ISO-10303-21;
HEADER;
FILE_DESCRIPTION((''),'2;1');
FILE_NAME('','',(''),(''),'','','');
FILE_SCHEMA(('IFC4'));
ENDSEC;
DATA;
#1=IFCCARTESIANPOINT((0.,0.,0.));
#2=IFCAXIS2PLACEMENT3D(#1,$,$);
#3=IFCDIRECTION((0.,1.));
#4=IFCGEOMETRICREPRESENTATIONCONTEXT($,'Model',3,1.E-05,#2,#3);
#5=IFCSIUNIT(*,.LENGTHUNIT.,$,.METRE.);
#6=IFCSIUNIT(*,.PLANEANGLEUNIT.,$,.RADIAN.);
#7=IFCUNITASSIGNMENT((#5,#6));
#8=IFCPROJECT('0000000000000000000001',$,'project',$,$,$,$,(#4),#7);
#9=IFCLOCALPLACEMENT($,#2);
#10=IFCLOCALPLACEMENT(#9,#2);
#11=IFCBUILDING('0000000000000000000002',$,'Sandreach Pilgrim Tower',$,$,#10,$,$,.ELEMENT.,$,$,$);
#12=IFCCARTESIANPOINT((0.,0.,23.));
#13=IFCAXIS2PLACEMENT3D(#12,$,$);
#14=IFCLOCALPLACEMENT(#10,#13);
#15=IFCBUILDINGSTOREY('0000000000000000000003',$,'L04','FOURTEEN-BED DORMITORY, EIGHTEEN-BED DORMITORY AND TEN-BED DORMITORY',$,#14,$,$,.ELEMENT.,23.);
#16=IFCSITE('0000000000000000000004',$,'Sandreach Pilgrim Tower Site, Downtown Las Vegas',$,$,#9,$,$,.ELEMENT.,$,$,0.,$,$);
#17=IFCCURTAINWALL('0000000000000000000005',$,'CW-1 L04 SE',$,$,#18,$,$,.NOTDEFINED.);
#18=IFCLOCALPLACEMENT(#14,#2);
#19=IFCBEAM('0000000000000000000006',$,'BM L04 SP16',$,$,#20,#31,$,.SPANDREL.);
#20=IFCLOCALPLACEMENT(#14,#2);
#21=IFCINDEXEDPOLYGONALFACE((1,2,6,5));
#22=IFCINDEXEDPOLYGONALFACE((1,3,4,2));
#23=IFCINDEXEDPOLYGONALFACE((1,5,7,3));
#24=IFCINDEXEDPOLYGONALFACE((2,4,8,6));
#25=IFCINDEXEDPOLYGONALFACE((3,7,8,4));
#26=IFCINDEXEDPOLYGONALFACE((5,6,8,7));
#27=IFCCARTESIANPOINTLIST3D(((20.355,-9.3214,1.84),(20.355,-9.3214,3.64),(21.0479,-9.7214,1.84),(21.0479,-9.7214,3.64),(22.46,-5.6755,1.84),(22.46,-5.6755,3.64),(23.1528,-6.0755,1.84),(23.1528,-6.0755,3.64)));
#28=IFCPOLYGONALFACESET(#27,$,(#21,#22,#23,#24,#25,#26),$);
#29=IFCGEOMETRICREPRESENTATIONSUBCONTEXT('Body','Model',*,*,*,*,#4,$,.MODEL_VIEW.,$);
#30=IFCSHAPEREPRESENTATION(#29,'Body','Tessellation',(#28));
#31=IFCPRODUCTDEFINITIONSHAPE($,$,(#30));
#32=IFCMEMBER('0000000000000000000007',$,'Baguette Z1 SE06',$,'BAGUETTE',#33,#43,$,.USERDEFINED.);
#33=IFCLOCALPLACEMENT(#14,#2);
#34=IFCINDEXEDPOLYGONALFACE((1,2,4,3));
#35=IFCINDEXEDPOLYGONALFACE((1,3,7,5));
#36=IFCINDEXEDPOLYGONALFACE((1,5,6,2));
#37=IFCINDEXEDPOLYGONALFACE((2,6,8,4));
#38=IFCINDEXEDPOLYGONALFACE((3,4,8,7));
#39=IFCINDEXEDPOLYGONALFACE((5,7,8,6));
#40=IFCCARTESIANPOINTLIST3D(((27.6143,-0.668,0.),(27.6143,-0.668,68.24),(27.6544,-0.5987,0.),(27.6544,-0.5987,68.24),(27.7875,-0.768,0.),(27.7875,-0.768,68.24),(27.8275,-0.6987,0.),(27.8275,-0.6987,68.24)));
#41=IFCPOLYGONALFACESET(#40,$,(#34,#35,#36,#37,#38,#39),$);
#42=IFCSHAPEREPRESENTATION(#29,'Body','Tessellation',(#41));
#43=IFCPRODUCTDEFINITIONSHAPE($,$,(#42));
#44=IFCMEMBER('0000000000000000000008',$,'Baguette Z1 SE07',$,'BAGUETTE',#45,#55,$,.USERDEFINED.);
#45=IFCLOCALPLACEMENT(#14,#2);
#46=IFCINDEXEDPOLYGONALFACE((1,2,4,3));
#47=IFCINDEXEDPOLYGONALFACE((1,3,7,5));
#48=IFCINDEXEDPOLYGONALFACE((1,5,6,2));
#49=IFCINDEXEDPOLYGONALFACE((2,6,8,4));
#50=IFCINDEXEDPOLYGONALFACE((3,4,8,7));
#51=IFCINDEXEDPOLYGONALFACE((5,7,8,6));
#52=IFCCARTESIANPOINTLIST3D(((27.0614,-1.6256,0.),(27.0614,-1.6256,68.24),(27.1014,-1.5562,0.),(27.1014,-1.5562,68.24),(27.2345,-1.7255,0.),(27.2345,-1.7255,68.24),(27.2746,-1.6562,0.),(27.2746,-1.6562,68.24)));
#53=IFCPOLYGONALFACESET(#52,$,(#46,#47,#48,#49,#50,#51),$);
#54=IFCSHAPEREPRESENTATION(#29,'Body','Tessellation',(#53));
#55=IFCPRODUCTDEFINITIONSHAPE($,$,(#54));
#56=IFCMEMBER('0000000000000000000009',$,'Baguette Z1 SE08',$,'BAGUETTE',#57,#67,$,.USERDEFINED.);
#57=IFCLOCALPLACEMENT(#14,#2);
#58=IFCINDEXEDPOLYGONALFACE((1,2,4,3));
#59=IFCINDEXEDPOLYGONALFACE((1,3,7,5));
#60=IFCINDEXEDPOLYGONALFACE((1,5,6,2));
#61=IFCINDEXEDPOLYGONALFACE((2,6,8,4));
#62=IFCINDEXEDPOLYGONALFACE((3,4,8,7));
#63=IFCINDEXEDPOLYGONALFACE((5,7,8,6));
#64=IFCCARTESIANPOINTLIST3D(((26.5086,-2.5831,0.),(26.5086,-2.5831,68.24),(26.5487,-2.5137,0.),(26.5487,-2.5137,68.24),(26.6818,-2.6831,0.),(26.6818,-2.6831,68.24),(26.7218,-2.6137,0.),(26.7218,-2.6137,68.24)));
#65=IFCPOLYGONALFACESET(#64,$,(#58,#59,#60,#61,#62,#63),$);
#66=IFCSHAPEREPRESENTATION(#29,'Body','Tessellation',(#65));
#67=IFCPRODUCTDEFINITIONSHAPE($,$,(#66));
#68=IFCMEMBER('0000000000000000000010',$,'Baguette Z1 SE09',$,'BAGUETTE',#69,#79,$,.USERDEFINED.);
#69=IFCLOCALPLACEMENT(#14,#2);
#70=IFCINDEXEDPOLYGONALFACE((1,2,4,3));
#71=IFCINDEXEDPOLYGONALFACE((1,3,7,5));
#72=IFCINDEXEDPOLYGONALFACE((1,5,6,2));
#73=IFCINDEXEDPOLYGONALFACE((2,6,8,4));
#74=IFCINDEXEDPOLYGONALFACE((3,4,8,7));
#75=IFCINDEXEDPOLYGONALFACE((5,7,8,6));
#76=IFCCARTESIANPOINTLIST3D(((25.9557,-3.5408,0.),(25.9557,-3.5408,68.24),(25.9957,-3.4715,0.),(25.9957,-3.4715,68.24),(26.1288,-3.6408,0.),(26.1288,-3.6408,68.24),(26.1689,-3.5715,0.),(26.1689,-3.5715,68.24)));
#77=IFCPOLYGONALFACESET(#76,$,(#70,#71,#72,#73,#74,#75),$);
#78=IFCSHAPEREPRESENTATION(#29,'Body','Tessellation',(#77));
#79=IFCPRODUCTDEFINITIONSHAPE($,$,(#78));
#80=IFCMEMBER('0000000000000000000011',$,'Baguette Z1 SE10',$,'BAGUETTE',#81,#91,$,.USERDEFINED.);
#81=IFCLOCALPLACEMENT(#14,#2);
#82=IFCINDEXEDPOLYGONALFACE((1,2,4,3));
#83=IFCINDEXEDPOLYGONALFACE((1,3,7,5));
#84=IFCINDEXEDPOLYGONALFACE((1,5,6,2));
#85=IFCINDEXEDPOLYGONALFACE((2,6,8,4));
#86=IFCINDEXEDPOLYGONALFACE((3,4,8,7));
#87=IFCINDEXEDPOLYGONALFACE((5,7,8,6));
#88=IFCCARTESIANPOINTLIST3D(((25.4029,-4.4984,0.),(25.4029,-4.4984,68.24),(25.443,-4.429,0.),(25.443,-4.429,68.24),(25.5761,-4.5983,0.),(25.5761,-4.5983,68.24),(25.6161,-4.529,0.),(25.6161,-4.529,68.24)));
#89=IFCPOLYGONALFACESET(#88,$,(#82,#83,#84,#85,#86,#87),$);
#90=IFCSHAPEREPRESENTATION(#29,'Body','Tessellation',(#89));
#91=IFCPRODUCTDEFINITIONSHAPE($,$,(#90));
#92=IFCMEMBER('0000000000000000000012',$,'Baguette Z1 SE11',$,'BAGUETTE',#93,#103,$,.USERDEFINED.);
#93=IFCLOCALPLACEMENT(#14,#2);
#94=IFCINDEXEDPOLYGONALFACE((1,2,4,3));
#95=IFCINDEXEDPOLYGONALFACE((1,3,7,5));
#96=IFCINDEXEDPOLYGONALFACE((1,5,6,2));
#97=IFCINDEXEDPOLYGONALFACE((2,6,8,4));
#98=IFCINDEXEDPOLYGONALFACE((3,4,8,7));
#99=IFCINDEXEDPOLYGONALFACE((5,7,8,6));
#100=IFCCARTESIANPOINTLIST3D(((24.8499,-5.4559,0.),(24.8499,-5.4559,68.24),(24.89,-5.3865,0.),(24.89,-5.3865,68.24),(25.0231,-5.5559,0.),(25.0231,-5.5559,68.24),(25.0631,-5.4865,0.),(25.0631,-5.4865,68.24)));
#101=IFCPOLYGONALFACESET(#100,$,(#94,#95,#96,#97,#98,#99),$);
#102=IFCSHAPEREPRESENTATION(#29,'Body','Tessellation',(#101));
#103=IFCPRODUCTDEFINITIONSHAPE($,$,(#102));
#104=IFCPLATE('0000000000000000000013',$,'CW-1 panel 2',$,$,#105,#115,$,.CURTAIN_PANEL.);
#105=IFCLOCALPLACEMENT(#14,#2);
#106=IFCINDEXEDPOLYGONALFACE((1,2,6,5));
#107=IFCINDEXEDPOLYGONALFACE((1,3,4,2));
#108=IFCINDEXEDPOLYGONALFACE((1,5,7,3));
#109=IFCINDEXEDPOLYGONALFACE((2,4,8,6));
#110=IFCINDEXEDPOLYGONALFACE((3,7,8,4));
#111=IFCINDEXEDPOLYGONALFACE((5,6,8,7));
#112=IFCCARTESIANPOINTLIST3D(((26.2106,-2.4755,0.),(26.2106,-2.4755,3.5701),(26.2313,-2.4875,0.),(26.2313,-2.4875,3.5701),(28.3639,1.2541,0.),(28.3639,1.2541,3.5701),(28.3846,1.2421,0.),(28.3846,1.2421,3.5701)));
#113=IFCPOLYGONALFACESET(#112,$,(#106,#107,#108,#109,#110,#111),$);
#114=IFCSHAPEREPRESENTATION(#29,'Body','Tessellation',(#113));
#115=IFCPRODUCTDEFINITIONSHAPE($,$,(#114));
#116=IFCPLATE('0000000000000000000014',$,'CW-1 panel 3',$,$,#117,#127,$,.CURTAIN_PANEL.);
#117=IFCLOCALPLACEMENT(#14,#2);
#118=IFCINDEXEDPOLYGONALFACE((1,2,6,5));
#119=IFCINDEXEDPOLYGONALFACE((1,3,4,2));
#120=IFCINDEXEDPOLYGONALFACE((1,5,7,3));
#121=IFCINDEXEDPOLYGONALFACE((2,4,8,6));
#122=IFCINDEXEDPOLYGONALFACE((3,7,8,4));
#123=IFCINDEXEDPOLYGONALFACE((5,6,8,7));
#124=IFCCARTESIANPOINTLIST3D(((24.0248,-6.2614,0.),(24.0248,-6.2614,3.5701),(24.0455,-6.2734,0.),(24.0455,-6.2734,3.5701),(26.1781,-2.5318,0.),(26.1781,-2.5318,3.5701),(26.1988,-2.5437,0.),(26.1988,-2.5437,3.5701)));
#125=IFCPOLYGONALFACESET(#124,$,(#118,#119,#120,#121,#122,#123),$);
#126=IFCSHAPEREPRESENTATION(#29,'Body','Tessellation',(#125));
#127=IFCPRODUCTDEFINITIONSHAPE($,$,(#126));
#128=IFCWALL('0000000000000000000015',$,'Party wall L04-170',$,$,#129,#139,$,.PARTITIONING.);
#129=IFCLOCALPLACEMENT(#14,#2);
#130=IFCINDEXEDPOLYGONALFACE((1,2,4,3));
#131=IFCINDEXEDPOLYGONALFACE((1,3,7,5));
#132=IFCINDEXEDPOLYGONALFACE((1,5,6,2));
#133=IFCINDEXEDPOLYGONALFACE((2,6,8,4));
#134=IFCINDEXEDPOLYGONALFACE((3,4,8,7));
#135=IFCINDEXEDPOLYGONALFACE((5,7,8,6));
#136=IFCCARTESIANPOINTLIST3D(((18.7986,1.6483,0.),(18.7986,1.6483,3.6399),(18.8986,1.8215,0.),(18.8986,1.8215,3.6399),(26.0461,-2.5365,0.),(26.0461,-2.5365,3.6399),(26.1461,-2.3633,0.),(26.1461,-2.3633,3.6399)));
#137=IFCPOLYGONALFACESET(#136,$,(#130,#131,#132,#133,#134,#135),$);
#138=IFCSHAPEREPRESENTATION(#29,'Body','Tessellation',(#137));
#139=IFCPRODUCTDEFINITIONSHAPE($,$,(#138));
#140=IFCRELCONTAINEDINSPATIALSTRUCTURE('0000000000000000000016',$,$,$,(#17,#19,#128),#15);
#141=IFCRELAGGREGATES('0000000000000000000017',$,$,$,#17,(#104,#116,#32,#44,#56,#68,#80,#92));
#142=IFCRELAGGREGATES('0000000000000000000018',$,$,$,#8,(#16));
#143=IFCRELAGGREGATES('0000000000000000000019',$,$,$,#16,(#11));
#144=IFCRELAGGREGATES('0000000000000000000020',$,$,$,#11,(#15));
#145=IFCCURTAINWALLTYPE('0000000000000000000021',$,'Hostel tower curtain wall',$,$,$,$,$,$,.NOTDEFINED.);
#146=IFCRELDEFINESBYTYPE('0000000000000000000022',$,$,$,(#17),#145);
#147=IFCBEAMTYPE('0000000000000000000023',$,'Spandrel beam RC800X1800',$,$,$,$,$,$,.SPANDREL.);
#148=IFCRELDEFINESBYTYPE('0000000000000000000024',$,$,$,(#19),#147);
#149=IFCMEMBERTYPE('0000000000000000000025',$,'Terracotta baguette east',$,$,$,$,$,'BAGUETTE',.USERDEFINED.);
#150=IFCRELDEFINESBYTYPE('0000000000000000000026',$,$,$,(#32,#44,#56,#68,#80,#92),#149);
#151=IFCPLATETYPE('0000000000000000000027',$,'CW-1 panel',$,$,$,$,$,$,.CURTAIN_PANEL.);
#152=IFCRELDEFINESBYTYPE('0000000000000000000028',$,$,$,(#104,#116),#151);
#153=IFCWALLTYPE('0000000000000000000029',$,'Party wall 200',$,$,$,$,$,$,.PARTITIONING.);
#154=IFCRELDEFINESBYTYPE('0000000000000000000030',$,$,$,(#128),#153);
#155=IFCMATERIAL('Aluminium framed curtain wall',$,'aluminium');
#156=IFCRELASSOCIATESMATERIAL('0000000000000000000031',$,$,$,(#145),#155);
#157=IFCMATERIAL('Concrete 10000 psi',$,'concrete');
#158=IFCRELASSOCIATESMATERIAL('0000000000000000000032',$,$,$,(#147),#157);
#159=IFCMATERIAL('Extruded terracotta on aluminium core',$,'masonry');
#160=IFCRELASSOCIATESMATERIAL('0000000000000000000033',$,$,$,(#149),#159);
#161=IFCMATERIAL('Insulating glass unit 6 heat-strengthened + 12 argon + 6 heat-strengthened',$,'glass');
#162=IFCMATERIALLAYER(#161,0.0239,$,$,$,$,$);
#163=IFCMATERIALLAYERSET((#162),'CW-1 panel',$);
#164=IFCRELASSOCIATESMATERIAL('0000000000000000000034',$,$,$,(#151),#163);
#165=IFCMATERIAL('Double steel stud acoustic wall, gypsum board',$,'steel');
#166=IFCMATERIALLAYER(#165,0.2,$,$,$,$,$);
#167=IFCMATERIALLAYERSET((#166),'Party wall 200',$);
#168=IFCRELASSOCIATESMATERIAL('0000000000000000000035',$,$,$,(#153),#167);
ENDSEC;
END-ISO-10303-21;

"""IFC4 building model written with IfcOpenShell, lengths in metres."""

from ifc_helpers import new_model, si_unit, direction, frame, frame_2d, origin, origin_2d, place, context, subcontext, project, spatial, rectangle, extrude, material, layer, layer_set, material_profile, profile_set, type_object, element, aggregate, save


model = new_model("IFC4")

# Units and contexts
model_context = context("Model", 3, precision=1e-05, world=origin(), true_north=direction((0.0, 1.0)))
body_context = subcontext(model_context, "Body", "Model", "MODEL_VIEW")
ifc_project = project(units=[si_unit("LENGTHUNIT", "METRE"), si_unit("PLANEANGLEUNIT", "RADIAN")], contexts=[model_context])

# Site, building, storey
site_placement = place(None, origin())
site = spatial("IfcSite", under=ifc_project, at=site_placement, Name="Sandreach Pilgrim Tower Site, Downtown Las Vegas", CompositionType="ELEMENT", RefElevation=0.0)
building_placement = place(site_placement, origin())
building = spatial("IfcBuilding", under=site, at=building_placement, Name="Sandreach Pilgrim Tower", CompositionType="ELEMENT")
storey_placement = place(building_placement, frame((0.0, 0.0, 23.0)))
storey = spatial("IfcBuildingStorey", under=building, at=storey_placement, Name="L04", Description="FOURTEEN-BED DORMITORY, EIGHTEEN-BED DORMITORY AND TEN-BED DORMITORY", CompositionType="ELEMENT", Elevation=23.0)

# Curtain wall
ifc_material_1 = material(Name="Aluminium framed curtain wall", Category="aluminium")
curtain_wall_type = type_object("IfcCurtainWallType", Name="Hostel tower curtain wall", PredefinedType="NOTDEFINED", material=ifc_material_1)
curtain_wall_placement = place(storey_placement, origin())
curtain_wall = element("IfcCurtainWall", 1, at=curtain_wall_placement, inside=storey, type_object=curtain_wall_type, Name="CW-1 L04 SE", PredefinedType="NOTDEFINED")

# Beam
ifc_material_2 = material(Name="Concrete 10000 psi", Category="concrete")
ifc_material_profile_1 = material_profile(ifc_material_2, rectangle(XDim=0.8, YDim=1.8, at=origin_2d()), Name="RC800X1800")
ifc_profile_set_1 = profile_set([ifc_material_profile_1], Name="Concrete 10000 psi")
beam_type_1 = type_object("IfcBeamType", Name="Spandrel beam RC800X1800", PredefinedType="SPANDREL", material=ifc_profile_set_1)
beam_1_placement = place(storey_placement, frame((22.8064, -5.8755, 2.74), z_axis=(-0.499994, -0.866029, 0.0), x_axis=(0.866029, -0.499994, 0.0)))
element("IfcBeam", 2, at=beam_1_placement, inside=storey, type_object=beam_type_1, Name="BM L04 SP16", PredefinedType="SPANDREL", context=body_context, shape_type="SweptSolid", body=[
    extrude(rectangle(XDim=0.8, YDim=1.8, at=origin_2d()), origin(), (0.0, 0.0, 1.0), 4.21),
])

# Members
ifc_material_3 = material(Name="Extruded terracotta on aluminium core", Category="masonry")
ifc_material_profile_2 = material_profile(ifc_material_3, rectangle(XDim=0.0801, YDim=0.2, at=origin_2d()), Name="TBE 80X200")
ifc_profile_set_2 = profile_set([ifc_material_profile_2], Name="Extruded terracotta on aluminium core")
member_type_1 = type_object("IfcMemberType", Name="Terracotta baguette east", ElementType="BAGUETTE", PredefinedType="USERDEFINED", material=ifc_profile_set_2)
member_1_placement = place(storey_placement, frame((27.7209, -0.6833, 0.0), z_axis=(0.0, 0.0, 1.0), x_axis=(-0.5, -0.866025, 0.0)))
member_1 = element("IfcMember", 3, at=member_1_placement, type_object=member_type_1, Name="Baguette Z1 SE06", ObjectType="BAGUETTE", PredefinedType="USERDEFINED", context=body_context, shape_type="SweptSolid", body=[
    extrude(rectangle(XDim=0.0801, YDim=0.2, at=origin_2d()), origin(), (0.0, 0.0, 1.0), 68.24),
])
member_2_placement = place(storey_placement, frame((27.168, -1.6409, 0.0), z_axis=(0.0, 0.0, 1.0), x_axis=(-0.5, -0.866025, 0.0)))
member_2 = element("IfcMember", 4, at=member_2_placement, type_object=member_type_1, Name="Baguette Z1 SE07", ObjectType="BAGUETTE", PredefinedType="USERDEFINED", context=body_context, shape_type="SweptSolid", body=[
    extrude(rectangle(XDim=0.0801, YDim=0.2, at=origin_2d()), origin(), (0.0, 0.0, 1.0), 68.24),
])
member_3_placement = place(storey_placement, frame((26.6152, -2.5984, 0.0), z_axis=(0.0, 0.0, 1.0), x_axis=(-0.5, -0.866025, 0.0)))
member_3 = element("IfcMember", 5, at=member_3_placement, type_object=member_type_1, Name="Baguette Z1 SE08", ObjectType="BAGUETTE", PredefinedType="USERDEFINED", context=body_context, shape_type="SweptSolid", body=[
    extrude(rectangle(XDim=0.0801, YDim=0.2, at=origin_2d()), origin(), (0.0, 0.0, 1.0), 68.24),
])
member_4_placement = place(storey_placement, frame((26.0623, -3.5562, 0.0), z_axis=(0.0, 0.0, 1.0), x_axis=(-0.5, -0.866025, 0.0)))
member_4 = element("IfcMember", 6, at=member_4_placement, type_object=member_type_1, Name="Baguette Z1 SE09", ObjectType="BAGUETTE", PredefinedType="USERDEFINED", context=body_context, shape_type="SweptSolid", body=[
    extrude(rectangle(XDim=0.0801, YDim=0.2, at=origin_2d()), origin(), (0.0, 0.0, 1.0), 68.24),
])
member_5_placement = place(storey_placement, frame((25.5095, -4.5137, 0.0), z_axis=(0.0, 0.0, 1.0), x_axis=(-0.5, -0.866025, 0.0)))
member_5 = element("IfcMember", 7, at=member_5_placement, type_object=member_type_1, Name="Baguette Z1 SE10", ObjectType="BAGUETTE", PredefinedType="USERDEFINED", context=body_context, shape_type="SweptSolid", body=[
    extrude(rectangle(XDim=0.0801, YDim=0.2, at=origin_2d()), origin(), (0.0, 0.0, 1.0), 68.24),
])
member_6_placement = place(storey_placement, frame((24.9565, -5.4712, 0.0), z_axis=(0.0, 0.0, 1.0), x_axis=(-0.5, -0.866025, 0.0)))
member_6 = element("IfcMember", 8, at=member_6_placement, type_object=member_type_1, Name="Baguette Z1 SE11", ObjectType="BAGUETTE", PredefinedType="USERDEFINED", context=body_context, shape_type="SweptSolid", body=[
    extrude(rectangle(XDim=0.0801, YDim=0.2, at=origin_2d()), origin(), (0.0, 0.0, 1.0), 68.24),
])

# Plates
ifc_material_4 = material(Name="Insulating glass unit 6 heat-strengthened + 12 argon + 6 heat-strengthened", Category="glass")
ifc_layer_1 = layer(ifc_material_4, 0.0239)
ifc_layer_set_1 = layer_set([ifc_layer_1], Name="CW-1 panel")
plate_type = type_object("IfcPlateType", Name="CW-1 panel", PredefinedType="CURTAIN_PANEL", material=ifc_layer_set_1)
plate_1_placement = place(storey_placement, frame((27.2976, -0.6167, 0.0), z_axis=(0.0, 0.0, 1.0), x_axis=(-0.5, -0.866025, 0.0)))
plate_1 = element("IfcPlate", 9, at=plate_1_placement, type_object=plate_type, Name="CW-1 panel 2", PredefinedType="CURTAIN_PANEL", context=body_context, shape_type="SweptSolid", body=[
    extrude(rectangle(XDim=4.3066, YDim=0.0239, at=origin_2d()), origin(), (0.0, 0.0, 1.0), 3.5701),
])
plate_2_placement = place(storey_placement, frame((25.1118, -4.4026, 0.0), z_axis=(0.0, 0.0, 1.0), x_axis=(-0.5, -0.866025, 0.0)))
plate_2 = element("IfcPlate", 10, at=plate_2_placement, type_object=plate_type, Name="CW-1 panel 3", PredefinedType="CURTAIN_PANEL", context=body_context, shape_type="SweptSolid", body=[
    extrude(rectangle(XDim=4.3066, YDim=0.0239, at=origin_2d()), origin(), (0.0, 0.0, 1.0), 3.5701),
])
aggregate(curtain_wall, [plate_1, plate_2, member_1, member_2, member_3, member_4, member_5, member_6])

# Wall
ifc_material_5 = material(Name="Double steel stud acoustic wall, gypsum board", Category="steel")
ifc_layer_2 = layer(ifc_material_5, 0.2)
ifc_layer_set_2 = layer_set([ifc_layer_2], Name="Party wall 200")
wall_type = type_object("IfcWallType", Name="Party wall 200", PredefinedType="PARTITIONING", material=ifc_layer_set_2)
wall_placement = place(storey_placement, frame((26.0962, -2.45, 0.0), z_axis=(0.0, 0.0, 1.0), x_axis=(-0.866003, 0.500039, 0.0)))
element("IfcWall", 11, at=wall_placement, inside=storey, type_object=wall_type, Name="Party wall L04-170", PredefinedType="PARTITIONING", context=body_context, shape_type="SweptSolid", body=[
    extrude(rectangle(XDim=8.3689, YDim=0.2, at=frame_2d((4.1846, 0.0))), origin(), (0.0, 0.0, 1.0), 3.6399),
])

save(model, "model.ifc")
